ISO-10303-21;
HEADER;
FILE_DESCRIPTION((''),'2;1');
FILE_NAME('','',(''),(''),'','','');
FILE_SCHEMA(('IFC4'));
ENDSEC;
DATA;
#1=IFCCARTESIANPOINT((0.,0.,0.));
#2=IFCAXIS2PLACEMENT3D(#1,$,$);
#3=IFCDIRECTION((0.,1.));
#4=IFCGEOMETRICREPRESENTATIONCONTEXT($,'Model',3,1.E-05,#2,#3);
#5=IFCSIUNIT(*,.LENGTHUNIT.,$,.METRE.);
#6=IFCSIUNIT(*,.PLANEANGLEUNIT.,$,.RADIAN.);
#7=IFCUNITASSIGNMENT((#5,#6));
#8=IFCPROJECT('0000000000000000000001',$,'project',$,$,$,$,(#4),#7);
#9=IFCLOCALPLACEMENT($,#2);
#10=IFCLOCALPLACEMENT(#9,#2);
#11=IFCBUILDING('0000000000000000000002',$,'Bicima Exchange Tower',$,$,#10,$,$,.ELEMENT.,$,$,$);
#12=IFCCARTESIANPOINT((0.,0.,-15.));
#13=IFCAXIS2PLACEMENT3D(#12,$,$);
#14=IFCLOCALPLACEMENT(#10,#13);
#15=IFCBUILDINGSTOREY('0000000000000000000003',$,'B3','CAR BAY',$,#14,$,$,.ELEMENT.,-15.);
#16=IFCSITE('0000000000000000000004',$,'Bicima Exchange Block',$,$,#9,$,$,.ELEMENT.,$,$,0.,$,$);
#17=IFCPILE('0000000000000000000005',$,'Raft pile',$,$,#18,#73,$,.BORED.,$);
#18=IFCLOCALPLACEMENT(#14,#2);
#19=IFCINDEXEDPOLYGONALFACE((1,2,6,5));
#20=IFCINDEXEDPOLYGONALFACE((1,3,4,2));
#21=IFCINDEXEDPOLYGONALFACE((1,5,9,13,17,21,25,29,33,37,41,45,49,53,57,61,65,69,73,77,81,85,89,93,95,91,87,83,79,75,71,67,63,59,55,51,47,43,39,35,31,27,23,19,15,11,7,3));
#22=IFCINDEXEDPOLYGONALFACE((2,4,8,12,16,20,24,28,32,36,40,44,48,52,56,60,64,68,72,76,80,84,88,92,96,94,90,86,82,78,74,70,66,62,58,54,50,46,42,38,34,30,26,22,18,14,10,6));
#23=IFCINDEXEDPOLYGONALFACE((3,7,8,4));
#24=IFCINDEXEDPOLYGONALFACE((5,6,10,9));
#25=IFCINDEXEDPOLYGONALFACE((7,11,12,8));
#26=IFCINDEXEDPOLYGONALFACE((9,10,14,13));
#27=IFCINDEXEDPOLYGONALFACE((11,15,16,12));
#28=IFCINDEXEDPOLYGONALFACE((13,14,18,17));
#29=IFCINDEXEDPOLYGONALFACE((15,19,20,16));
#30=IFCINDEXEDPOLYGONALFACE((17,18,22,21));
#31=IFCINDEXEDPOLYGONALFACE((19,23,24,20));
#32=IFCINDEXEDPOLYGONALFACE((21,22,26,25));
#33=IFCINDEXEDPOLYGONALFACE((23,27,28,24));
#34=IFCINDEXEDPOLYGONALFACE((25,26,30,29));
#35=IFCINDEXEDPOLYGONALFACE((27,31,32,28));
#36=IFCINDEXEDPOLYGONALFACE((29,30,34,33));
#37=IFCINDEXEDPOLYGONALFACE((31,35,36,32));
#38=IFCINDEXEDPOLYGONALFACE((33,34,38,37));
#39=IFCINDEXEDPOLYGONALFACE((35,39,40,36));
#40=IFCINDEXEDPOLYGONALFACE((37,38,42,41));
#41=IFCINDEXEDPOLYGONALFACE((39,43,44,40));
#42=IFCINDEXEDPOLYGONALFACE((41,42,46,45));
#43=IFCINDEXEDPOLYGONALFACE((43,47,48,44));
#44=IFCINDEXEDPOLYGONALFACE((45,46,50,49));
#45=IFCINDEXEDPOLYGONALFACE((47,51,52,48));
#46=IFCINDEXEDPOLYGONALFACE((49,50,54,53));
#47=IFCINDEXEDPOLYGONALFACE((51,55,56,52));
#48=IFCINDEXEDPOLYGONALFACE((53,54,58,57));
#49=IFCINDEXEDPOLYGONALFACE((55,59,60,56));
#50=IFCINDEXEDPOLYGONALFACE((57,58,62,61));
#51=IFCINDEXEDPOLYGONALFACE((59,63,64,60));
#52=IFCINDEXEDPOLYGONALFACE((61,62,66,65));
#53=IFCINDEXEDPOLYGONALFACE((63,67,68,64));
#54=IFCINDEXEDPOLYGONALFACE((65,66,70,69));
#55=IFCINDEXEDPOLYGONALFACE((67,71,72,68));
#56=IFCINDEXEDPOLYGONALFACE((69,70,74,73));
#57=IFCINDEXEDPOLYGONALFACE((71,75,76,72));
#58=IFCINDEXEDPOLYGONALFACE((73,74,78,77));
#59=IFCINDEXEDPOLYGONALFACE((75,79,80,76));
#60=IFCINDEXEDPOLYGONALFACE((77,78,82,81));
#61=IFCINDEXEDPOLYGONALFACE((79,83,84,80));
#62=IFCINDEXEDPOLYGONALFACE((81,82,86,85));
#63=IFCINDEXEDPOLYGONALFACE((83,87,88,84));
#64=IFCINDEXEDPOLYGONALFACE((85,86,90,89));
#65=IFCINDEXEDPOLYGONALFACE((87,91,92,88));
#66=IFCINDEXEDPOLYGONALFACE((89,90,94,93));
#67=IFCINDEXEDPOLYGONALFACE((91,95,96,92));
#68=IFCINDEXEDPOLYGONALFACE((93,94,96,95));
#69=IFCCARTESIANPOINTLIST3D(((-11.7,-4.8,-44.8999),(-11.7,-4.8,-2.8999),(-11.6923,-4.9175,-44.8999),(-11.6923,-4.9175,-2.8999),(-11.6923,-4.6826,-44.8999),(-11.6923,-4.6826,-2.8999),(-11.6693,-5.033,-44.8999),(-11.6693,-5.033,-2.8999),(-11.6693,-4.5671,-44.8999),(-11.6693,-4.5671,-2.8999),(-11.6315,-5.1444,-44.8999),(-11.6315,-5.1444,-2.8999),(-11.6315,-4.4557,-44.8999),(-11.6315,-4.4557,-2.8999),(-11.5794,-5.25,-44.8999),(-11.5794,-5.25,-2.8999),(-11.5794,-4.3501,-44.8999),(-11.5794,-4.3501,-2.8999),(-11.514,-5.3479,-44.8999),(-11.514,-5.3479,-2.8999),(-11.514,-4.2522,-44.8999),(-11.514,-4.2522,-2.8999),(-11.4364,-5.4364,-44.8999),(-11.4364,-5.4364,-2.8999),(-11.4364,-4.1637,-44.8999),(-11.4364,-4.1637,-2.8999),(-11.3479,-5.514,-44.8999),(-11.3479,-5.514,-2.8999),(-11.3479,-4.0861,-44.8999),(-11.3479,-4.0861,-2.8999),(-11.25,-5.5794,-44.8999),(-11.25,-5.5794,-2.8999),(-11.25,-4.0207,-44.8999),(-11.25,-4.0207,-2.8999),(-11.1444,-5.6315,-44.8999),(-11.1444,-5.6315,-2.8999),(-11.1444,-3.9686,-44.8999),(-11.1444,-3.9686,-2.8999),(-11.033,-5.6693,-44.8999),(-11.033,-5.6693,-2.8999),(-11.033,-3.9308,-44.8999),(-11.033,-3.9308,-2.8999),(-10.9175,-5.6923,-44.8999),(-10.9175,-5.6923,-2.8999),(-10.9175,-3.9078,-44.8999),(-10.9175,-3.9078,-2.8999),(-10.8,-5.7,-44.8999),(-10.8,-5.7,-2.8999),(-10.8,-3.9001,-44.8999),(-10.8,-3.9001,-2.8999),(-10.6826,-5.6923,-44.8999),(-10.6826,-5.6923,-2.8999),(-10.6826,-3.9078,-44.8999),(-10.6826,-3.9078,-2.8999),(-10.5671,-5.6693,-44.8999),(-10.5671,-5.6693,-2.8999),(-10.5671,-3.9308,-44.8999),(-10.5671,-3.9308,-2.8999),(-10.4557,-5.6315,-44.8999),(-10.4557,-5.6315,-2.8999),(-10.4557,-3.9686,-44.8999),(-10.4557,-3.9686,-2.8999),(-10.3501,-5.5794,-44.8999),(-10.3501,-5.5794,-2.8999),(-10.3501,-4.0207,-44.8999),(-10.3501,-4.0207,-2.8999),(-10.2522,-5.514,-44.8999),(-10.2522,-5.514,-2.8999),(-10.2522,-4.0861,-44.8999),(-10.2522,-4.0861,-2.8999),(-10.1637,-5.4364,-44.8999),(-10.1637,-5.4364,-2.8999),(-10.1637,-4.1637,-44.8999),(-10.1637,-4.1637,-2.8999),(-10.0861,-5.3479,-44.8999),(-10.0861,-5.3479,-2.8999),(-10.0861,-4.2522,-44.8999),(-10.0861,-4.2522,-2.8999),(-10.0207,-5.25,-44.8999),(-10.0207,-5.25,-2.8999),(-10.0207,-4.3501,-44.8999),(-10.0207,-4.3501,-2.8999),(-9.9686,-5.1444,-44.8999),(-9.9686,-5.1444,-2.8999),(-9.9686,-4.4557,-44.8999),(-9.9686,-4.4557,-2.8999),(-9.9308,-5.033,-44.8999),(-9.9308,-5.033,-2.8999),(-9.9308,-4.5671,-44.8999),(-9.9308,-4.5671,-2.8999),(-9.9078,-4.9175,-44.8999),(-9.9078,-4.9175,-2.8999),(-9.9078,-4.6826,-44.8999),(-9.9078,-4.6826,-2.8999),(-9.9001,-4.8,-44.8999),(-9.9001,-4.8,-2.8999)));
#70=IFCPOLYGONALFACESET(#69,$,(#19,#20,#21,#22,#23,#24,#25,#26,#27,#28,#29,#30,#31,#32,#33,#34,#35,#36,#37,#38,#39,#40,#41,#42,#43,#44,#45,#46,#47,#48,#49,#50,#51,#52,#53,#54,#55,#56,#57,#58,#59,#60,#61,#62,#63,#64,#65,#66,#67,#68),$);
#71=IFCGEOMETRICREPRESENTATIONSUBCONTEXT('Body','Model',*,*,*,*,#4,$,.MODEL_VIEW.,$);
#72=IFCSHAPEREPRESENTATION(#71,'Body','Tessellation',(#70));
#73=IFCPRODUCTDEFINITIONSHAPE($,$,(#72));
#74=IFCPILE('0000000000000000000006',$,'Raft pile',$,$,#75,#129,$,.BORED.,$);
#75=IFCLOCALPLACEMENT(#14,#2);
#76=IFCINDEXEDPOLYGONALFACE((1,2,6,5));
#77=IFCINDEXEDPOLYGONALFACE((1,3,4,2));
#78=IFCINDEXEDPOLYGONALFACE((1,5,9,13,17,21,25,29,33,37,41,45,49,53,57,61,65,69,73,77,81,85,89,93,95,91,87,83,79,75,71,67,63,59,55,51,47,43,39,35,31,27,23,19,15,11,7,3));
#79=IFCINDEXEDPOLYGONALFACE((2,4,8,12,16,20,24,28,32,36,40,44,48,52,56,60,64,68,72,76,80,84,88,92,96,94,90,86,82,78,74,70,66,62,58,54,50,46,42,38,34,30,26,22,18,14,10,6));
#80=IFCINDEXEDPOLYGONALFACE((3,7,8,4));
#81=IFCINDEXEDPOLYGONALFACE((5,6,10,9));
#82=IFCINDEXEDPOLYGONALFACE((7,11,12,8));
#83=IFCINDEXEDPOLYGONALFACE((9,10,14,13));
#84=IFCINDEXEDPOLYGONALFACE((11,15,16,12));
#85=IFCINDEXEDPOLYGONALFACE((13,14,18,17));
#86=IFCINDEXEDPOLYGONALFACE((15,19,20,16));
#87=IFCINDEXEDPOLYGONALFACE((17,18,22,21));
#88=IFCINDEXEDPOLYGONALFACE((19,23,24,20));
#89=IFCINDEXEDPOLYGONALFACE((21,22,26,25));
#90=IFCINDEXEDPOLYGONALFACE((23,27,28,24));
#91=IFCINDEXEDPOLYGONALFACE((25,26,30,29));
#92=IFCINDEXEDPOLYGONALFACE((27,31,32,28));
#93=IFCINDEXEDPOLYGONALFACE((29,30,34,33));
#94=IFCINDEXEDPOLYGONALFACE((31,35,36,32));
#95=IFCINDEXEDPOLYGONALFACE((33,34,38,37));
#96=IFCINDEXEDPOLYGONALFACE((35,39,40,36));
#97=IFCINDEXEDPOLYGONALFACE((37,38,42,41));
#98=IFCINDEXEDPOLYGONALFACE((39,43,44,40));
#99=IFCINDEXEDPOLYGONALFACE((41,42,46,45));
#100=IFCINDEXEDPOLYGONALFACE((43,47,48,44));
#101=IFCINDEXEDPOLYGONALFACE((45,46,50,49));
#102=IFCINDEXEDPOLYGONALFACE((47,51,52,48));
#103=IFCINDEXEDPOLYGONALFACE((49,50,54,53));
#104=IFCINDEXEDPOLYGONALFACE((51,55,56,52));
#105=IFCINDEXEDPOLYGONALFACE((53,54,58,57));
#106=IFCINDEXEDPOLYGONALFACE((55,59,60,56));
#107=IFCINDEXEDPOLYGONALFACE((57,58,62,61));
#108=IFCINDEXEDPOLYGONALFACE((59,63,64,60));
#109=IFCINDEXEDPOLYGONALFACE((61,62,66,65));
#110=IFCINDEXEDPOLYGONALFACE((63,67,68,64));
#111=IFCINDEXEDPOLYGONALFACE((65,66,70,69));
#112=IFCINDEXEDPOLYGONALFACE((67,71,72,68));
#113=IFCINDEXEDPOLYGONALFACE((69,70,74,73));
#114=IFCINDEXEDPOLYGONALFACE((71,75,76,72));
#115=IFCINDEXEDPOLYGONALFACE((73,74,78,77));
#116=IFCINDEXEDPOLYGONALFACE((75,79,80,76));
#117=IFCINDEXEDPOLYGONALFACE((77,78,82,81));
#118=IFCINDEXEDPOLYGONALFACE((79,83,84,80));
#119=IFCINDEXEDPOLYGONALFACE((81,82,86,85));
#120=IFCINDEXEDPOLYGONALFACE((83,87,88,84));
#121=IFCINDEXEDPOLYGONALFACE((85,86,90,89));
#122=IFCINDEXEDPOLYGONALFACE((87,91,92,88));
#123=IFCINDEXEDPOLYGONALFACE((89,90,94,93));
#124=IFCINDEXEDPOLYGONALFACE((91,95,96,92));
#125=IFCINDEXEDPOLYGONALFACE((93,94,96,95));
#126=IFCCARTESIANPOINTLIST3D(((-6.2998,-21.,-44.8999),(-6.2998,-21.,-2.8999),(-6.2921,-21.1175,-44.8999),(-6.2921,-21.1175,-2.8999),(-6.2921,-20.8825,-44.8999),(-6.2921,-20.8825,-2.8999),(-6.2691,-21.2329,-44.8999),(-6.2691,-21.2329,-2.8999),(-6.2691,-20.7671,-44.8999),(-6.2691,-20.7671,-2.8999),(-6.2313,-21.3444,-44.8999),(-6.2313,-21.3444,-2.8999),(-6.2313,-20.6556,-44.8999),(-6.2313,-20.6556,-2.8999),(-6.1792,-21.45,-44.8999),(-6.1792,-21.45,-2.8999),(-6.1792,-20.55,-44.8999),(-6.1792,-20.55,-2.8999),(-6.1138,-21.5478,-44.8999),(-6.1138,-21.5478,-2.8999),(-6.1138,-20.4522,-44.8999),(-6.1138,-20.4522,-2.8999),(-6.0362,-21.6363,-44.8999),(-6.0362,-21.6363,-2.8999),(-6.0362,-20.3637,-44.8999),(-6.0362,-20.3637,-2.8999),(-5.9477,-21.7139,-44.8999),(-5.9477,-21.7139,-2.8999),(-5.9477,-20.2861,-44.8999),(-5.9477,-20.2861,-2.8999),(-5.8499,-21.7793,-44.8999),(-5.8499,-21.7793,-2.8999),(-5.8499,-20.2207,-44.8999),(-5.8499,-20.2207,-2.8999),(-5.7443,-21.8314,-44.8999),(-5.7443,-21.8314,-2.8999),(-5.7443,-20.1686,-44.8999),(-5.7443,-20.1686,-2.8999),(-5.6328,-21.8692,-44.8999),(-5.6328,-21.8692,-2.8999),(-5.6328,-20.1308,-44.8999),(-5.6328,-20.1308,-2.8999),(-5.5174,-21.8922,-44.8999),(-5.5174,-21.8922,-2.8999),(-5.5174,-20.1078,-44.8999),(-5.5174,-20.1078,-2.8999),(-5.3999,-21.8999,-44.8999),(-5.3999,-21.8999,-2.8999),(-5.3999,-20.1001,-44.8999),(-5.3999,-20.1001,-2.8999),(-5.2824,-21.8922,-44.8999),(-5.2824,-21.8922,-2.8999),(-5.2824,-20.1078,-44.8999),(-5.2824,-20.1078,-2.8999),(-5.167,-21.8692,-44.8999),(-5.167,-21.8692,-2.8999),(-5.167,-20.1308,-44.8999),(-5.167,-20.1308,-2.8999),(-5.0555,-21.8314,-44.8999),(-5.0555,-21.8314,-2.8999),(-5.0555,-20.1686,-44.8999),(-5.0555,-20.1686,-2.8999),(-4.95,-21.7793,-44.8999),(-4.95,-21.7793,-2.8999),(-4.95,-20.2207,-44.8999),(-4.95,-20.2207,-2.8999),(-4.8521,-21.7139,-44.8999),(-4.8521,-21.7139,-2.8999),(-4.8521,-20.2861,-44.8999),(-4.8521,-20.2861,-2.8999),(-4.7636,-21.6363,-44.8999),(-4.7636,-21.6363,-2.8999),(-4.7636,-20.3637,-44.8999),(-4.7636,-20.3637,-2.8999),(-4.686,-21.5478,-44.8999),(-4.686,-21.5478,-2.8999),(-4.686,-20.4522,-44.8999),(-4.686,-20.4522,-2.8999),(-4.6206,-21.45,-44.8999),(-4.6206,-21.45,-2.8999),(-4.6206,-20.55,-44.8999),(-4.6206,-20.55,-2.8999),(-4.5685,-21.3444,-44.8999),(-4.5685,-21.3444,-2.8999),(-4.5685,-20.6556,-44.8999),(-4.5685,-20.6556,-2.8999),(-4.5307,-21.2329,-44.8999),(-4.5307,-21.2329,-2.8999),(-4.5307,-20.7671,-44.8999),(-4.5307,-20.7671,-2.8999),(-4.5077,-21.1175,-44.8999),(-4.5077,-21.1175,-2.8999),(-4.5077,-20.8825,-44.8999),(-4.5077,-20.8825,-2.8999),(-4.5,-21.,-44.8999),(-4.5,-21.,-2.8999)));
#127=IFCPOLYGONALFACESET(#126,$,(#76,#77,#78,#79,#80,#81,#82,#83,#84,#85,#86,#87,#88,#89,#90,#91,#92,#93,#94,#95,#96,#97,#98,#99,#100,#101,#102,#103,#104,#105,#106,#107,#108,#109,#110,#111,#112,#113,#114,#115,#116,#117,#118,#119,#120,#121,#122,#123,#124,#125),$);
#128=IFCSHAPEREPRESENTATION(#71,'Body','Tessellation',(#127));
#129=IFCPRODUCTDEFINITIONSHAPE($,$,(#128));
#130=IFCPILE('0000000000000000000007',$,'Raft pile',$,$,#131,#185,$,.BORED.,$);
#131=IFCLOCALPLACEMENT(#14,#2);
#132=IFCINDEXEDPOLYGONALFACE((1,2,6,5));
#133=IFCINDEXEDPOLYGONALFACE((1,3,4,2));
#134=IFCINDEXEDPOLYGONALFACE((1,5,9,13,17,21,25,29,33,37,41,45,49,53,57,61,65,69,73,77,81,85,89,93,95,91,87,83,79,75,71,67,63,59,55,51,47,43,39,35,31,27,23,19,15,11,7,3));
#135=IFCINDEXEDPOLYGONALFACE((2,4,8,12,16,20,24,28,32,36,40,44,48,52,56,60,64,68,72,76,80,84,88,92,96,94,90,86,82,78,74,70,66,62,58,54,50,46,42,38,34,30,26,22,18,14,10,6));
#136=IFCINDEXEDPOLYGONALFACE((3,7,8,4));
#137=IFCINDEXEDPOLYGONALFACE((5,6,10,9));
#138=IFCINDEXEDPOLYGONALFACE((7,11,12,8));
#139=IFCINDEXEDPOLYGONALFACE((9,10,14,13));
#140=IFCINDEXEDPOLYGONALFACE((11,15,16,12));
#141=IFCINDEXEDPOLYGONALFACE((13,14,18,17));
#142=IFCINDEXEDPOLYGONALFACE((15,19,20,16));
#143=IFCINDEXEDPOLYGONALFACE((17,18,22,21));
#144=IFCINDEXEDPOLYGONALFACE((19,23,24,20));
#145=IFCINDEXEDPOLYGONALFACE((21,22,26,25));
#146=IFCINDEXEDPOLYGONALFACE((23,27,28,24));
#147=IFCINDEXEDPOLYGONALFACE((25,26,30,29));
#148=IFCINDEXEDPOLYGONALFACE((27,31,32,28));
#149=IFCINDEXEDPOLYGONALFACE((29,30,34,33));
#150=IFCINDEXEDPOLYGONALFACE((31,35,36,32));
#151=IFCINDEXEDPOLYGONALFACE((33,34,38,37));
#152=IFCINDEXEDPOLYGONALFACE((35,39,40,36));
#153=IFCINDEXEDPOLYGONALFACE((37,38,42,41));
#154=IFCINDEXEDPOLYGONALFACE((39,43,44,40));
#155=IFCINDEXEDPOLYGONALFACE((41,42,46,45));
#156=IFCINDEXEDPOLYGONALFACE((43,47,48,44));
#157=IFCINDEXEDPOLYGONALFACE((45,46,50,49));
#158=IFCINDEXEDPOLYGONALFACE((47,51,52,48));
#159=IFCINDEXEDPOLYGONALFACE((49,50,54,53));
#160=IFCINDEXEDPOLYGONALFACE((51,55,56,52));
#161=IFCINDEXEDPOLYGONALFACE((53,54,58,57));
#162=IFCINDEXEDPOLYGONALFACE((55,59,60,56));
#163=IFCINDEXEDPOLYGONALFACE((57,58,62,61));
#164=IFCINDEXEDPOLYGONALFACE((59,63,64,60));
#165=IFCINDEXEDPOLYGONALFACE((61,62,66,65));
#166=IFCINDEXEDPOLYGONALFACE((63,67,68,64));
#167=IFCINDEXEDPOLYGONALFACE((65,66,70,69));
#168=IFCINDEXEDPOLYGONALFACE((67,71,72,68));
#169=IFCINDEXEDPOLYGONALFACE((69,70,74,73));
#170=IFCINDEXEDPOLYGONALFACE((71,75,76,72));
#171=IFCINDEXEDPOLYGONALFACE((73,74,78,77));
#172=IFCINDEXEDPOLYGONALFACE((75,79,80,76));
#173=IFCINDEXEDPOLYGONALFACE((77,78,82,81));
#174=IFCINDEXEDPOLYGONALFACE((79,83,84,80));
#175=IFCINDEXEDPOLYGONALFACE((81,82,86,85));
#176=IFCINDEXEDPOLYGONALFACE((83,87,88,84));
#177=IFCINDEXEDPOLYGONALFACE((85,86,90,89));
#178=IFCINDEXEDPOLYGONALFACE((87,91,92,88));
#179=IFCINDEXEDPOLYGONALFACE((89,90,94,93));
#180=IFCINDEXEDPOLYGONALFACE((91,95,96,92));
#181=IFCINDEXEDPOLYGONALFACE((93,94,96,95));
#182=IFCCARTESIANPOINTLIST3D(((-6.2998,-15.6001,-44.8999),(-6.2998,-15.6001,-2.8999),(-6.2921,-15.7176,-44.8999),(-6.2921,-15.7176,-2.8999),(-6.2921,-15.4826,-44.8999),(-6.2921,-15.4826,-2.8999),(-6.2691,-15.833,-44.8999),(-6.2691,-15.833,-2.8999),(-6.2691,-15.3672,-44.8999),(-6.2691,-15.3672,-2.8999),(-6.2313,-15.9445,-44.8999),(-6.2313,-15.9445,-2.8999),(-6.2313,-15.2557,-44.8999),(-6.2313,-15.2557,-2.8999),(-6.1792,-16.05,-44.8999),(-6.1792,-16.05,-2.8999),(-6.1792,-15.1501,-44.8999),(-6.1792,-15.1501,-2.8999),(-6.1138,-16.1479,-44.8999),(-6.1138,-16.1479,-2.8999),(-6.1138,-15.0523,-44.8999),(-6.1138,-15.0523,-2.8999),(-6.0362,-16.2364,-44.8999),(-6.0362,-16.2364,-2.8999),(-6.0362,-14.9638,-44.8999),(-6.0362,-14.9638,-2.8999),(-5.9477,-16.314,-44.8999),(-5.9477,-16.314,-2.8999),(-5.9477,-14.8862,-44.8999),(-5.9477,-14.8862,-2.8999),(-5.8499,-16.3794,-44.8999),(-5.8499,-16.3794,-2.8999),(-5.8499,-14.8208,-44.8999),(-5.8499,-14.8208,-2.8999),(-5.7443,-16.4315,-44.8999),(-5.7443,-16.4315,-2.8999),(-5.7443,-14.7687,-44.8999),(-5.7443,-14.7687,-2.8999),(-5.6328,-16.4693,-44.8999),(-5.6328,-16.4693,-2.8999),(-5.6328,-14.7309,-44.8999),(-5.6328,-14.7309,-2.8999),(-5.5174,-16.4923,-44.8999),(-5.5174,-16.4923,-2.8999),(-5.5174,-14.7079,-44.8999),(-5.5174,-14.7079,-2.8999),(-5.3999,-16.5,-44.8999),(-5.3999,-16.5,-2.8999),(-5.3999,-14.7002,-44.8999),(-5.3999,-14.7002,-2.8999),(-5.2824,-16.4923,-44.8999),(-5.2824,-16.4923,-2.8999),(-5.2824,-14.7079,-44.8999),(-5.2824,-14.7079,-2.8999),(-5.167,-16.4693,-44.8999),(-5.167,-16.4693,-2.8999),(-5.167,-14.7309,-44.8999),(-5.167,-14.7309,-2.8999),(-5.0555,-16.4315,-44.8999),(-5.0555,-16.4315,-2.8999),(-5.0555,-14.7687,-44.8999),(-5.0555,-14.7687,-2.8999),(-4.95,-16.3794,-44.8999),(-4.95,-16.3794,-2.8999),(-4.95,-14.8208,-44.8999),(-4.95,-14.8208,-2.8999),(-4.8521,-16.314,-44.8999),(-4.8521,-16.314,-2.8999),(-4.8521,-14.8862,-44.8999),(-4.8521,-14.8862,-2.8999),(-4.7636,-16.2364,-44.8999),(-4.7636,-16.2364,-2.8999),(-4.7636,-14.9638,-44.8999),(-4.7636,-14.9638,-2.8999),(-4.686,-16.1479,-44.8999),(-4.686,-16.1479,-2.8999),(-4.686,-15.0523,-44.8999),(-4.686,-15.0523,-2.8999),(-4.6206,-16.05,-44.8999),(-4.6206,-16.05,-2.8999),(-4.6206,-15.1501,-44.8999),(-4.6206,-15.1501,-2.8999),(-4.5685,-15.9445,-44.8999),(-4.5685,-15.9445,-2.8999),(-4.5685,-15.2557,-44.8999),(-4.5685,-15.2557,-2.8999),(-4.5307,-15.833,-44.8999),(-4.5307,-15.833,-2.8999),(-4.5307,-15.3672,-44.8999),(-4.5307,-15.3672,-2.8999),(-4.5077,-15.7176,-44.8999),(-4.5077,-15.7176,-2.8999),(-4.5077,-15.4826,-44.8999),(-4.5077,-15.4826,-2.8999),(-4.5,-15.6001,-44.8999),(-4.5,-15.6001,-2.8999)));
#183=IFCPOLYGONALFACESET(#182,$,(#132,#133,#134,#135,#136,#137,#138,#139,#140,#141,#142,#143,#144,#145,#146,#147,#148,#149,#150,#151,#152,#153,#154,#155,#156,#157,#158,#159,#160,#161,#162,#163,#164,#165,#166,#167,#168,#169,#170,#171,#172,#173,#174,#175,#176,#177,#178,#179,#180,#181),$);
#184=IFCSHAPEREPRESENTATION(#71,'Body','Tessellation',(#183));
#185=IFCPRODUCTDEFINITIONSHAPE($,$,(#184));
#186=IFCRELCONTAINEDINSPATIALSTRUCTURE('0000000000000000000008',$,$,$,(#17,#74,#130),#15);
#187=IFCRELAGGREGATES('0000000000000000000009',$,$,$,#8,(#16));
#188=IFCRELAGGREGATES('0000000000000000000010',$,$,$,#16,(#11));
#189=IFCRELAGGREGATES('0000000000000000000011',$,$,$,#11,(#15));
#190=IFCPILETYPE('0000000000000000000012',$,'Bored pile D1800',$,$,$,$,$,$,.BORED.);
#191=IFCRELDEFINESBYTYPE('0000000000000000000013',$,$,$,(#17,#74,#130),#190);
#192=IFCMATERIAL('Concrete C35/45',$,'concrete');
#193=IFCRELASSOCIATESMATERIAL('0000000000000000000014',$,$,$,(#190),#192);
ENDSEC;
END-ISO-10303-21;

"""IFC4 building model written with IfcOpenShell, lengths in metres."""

from ifc_helpers import new_model, si_unit, direction, frame, origin, origin_2d, place, context, subcontext, project, spatial, circle, extrude, material, material_profile, profile_set, type_object, element, save


model = new_model("IFC4")

# Units and contexts
model_context = context("Model", 3, precision=1e-05, world=origin(), true_north=direction((0.0, 1.0)))
body_context = subcontext(model_context, "Body", "Model", "MODEL_VIEW")
ifc_project = project(units=[si_unit("LENGTHUNIT", "METRE"), si_unit("PLANEANGLEUNIT", "RADIAN")], contexts=[model_context])

# Site, building, storey
site_placement = place(None, origin())
site = spatial("IfcSite", under=ifc_project, at=site_placement, Name="Bicima Exchange Block", CompositionType="ELEMENT", RefElevation=0.0)
building_placement = place(site_placement, origin())
building = spatial("IfcBuilding", under=site, at=building_placement, Name="Bicima Exchange Tower", CompositionType="ELEMENT")
storey_placement = place(building_placement, frame((0.0, 0.0, -15.0)))
storey = spatial("IfcBuildingStorey", under=building, at=storey_placement, Name="B3", Description="CAR BAY", CompositionType="ELEMENT", Elevation=-15.0)

# Piles
ifc_material_1 = material(Name="Concrete C35/45", Category="concrete")
ifc_material_profile = material_profile(ifc_material_1, circle(Radius=0.8999, at=origin_2d()))
ifc_profile_set = profile_set([ifc_material_profile], Name="Concrete C35/45")
pile_type = type_object("IfcPileType", Name="Bored pile D1800", PredefinedType="BORED", material=ifc_profile_set)
for number, where, z_axis, x_axis, name in (
    (1, (-10.8, -4.8, -2.8999), (0.0, 0.0, -1.0), (1.0, 0.0, 0.0), "Raft pile"),
    (2, (-5.3999, -21.0, -2.8999), (0.0, 0.0, -1.0), (1.0, 0.0, 0.0), "Raft pile"),
    (3, (-5.3999, -15.6001, -2.8999), (0.0, 0.0, -1.0), (1.0, 0.0, 0.0), "Raft pile"),
):
    element("IfcPile", number, at=place(storey_placement, frame(where, z_axis=z_axis, x_axis=x_axis)), inside=storey, type_object=pile_type, Name=name, PredefinedType="BORED", context=body_context, shape_type="SweptSolid", body=[
        extrude(circle(Radius=0.8999, at=origin_2d()), origin(), (0.0, 0.0, 1.0), 42.0),
    ])

save(model, "model.ifc")
